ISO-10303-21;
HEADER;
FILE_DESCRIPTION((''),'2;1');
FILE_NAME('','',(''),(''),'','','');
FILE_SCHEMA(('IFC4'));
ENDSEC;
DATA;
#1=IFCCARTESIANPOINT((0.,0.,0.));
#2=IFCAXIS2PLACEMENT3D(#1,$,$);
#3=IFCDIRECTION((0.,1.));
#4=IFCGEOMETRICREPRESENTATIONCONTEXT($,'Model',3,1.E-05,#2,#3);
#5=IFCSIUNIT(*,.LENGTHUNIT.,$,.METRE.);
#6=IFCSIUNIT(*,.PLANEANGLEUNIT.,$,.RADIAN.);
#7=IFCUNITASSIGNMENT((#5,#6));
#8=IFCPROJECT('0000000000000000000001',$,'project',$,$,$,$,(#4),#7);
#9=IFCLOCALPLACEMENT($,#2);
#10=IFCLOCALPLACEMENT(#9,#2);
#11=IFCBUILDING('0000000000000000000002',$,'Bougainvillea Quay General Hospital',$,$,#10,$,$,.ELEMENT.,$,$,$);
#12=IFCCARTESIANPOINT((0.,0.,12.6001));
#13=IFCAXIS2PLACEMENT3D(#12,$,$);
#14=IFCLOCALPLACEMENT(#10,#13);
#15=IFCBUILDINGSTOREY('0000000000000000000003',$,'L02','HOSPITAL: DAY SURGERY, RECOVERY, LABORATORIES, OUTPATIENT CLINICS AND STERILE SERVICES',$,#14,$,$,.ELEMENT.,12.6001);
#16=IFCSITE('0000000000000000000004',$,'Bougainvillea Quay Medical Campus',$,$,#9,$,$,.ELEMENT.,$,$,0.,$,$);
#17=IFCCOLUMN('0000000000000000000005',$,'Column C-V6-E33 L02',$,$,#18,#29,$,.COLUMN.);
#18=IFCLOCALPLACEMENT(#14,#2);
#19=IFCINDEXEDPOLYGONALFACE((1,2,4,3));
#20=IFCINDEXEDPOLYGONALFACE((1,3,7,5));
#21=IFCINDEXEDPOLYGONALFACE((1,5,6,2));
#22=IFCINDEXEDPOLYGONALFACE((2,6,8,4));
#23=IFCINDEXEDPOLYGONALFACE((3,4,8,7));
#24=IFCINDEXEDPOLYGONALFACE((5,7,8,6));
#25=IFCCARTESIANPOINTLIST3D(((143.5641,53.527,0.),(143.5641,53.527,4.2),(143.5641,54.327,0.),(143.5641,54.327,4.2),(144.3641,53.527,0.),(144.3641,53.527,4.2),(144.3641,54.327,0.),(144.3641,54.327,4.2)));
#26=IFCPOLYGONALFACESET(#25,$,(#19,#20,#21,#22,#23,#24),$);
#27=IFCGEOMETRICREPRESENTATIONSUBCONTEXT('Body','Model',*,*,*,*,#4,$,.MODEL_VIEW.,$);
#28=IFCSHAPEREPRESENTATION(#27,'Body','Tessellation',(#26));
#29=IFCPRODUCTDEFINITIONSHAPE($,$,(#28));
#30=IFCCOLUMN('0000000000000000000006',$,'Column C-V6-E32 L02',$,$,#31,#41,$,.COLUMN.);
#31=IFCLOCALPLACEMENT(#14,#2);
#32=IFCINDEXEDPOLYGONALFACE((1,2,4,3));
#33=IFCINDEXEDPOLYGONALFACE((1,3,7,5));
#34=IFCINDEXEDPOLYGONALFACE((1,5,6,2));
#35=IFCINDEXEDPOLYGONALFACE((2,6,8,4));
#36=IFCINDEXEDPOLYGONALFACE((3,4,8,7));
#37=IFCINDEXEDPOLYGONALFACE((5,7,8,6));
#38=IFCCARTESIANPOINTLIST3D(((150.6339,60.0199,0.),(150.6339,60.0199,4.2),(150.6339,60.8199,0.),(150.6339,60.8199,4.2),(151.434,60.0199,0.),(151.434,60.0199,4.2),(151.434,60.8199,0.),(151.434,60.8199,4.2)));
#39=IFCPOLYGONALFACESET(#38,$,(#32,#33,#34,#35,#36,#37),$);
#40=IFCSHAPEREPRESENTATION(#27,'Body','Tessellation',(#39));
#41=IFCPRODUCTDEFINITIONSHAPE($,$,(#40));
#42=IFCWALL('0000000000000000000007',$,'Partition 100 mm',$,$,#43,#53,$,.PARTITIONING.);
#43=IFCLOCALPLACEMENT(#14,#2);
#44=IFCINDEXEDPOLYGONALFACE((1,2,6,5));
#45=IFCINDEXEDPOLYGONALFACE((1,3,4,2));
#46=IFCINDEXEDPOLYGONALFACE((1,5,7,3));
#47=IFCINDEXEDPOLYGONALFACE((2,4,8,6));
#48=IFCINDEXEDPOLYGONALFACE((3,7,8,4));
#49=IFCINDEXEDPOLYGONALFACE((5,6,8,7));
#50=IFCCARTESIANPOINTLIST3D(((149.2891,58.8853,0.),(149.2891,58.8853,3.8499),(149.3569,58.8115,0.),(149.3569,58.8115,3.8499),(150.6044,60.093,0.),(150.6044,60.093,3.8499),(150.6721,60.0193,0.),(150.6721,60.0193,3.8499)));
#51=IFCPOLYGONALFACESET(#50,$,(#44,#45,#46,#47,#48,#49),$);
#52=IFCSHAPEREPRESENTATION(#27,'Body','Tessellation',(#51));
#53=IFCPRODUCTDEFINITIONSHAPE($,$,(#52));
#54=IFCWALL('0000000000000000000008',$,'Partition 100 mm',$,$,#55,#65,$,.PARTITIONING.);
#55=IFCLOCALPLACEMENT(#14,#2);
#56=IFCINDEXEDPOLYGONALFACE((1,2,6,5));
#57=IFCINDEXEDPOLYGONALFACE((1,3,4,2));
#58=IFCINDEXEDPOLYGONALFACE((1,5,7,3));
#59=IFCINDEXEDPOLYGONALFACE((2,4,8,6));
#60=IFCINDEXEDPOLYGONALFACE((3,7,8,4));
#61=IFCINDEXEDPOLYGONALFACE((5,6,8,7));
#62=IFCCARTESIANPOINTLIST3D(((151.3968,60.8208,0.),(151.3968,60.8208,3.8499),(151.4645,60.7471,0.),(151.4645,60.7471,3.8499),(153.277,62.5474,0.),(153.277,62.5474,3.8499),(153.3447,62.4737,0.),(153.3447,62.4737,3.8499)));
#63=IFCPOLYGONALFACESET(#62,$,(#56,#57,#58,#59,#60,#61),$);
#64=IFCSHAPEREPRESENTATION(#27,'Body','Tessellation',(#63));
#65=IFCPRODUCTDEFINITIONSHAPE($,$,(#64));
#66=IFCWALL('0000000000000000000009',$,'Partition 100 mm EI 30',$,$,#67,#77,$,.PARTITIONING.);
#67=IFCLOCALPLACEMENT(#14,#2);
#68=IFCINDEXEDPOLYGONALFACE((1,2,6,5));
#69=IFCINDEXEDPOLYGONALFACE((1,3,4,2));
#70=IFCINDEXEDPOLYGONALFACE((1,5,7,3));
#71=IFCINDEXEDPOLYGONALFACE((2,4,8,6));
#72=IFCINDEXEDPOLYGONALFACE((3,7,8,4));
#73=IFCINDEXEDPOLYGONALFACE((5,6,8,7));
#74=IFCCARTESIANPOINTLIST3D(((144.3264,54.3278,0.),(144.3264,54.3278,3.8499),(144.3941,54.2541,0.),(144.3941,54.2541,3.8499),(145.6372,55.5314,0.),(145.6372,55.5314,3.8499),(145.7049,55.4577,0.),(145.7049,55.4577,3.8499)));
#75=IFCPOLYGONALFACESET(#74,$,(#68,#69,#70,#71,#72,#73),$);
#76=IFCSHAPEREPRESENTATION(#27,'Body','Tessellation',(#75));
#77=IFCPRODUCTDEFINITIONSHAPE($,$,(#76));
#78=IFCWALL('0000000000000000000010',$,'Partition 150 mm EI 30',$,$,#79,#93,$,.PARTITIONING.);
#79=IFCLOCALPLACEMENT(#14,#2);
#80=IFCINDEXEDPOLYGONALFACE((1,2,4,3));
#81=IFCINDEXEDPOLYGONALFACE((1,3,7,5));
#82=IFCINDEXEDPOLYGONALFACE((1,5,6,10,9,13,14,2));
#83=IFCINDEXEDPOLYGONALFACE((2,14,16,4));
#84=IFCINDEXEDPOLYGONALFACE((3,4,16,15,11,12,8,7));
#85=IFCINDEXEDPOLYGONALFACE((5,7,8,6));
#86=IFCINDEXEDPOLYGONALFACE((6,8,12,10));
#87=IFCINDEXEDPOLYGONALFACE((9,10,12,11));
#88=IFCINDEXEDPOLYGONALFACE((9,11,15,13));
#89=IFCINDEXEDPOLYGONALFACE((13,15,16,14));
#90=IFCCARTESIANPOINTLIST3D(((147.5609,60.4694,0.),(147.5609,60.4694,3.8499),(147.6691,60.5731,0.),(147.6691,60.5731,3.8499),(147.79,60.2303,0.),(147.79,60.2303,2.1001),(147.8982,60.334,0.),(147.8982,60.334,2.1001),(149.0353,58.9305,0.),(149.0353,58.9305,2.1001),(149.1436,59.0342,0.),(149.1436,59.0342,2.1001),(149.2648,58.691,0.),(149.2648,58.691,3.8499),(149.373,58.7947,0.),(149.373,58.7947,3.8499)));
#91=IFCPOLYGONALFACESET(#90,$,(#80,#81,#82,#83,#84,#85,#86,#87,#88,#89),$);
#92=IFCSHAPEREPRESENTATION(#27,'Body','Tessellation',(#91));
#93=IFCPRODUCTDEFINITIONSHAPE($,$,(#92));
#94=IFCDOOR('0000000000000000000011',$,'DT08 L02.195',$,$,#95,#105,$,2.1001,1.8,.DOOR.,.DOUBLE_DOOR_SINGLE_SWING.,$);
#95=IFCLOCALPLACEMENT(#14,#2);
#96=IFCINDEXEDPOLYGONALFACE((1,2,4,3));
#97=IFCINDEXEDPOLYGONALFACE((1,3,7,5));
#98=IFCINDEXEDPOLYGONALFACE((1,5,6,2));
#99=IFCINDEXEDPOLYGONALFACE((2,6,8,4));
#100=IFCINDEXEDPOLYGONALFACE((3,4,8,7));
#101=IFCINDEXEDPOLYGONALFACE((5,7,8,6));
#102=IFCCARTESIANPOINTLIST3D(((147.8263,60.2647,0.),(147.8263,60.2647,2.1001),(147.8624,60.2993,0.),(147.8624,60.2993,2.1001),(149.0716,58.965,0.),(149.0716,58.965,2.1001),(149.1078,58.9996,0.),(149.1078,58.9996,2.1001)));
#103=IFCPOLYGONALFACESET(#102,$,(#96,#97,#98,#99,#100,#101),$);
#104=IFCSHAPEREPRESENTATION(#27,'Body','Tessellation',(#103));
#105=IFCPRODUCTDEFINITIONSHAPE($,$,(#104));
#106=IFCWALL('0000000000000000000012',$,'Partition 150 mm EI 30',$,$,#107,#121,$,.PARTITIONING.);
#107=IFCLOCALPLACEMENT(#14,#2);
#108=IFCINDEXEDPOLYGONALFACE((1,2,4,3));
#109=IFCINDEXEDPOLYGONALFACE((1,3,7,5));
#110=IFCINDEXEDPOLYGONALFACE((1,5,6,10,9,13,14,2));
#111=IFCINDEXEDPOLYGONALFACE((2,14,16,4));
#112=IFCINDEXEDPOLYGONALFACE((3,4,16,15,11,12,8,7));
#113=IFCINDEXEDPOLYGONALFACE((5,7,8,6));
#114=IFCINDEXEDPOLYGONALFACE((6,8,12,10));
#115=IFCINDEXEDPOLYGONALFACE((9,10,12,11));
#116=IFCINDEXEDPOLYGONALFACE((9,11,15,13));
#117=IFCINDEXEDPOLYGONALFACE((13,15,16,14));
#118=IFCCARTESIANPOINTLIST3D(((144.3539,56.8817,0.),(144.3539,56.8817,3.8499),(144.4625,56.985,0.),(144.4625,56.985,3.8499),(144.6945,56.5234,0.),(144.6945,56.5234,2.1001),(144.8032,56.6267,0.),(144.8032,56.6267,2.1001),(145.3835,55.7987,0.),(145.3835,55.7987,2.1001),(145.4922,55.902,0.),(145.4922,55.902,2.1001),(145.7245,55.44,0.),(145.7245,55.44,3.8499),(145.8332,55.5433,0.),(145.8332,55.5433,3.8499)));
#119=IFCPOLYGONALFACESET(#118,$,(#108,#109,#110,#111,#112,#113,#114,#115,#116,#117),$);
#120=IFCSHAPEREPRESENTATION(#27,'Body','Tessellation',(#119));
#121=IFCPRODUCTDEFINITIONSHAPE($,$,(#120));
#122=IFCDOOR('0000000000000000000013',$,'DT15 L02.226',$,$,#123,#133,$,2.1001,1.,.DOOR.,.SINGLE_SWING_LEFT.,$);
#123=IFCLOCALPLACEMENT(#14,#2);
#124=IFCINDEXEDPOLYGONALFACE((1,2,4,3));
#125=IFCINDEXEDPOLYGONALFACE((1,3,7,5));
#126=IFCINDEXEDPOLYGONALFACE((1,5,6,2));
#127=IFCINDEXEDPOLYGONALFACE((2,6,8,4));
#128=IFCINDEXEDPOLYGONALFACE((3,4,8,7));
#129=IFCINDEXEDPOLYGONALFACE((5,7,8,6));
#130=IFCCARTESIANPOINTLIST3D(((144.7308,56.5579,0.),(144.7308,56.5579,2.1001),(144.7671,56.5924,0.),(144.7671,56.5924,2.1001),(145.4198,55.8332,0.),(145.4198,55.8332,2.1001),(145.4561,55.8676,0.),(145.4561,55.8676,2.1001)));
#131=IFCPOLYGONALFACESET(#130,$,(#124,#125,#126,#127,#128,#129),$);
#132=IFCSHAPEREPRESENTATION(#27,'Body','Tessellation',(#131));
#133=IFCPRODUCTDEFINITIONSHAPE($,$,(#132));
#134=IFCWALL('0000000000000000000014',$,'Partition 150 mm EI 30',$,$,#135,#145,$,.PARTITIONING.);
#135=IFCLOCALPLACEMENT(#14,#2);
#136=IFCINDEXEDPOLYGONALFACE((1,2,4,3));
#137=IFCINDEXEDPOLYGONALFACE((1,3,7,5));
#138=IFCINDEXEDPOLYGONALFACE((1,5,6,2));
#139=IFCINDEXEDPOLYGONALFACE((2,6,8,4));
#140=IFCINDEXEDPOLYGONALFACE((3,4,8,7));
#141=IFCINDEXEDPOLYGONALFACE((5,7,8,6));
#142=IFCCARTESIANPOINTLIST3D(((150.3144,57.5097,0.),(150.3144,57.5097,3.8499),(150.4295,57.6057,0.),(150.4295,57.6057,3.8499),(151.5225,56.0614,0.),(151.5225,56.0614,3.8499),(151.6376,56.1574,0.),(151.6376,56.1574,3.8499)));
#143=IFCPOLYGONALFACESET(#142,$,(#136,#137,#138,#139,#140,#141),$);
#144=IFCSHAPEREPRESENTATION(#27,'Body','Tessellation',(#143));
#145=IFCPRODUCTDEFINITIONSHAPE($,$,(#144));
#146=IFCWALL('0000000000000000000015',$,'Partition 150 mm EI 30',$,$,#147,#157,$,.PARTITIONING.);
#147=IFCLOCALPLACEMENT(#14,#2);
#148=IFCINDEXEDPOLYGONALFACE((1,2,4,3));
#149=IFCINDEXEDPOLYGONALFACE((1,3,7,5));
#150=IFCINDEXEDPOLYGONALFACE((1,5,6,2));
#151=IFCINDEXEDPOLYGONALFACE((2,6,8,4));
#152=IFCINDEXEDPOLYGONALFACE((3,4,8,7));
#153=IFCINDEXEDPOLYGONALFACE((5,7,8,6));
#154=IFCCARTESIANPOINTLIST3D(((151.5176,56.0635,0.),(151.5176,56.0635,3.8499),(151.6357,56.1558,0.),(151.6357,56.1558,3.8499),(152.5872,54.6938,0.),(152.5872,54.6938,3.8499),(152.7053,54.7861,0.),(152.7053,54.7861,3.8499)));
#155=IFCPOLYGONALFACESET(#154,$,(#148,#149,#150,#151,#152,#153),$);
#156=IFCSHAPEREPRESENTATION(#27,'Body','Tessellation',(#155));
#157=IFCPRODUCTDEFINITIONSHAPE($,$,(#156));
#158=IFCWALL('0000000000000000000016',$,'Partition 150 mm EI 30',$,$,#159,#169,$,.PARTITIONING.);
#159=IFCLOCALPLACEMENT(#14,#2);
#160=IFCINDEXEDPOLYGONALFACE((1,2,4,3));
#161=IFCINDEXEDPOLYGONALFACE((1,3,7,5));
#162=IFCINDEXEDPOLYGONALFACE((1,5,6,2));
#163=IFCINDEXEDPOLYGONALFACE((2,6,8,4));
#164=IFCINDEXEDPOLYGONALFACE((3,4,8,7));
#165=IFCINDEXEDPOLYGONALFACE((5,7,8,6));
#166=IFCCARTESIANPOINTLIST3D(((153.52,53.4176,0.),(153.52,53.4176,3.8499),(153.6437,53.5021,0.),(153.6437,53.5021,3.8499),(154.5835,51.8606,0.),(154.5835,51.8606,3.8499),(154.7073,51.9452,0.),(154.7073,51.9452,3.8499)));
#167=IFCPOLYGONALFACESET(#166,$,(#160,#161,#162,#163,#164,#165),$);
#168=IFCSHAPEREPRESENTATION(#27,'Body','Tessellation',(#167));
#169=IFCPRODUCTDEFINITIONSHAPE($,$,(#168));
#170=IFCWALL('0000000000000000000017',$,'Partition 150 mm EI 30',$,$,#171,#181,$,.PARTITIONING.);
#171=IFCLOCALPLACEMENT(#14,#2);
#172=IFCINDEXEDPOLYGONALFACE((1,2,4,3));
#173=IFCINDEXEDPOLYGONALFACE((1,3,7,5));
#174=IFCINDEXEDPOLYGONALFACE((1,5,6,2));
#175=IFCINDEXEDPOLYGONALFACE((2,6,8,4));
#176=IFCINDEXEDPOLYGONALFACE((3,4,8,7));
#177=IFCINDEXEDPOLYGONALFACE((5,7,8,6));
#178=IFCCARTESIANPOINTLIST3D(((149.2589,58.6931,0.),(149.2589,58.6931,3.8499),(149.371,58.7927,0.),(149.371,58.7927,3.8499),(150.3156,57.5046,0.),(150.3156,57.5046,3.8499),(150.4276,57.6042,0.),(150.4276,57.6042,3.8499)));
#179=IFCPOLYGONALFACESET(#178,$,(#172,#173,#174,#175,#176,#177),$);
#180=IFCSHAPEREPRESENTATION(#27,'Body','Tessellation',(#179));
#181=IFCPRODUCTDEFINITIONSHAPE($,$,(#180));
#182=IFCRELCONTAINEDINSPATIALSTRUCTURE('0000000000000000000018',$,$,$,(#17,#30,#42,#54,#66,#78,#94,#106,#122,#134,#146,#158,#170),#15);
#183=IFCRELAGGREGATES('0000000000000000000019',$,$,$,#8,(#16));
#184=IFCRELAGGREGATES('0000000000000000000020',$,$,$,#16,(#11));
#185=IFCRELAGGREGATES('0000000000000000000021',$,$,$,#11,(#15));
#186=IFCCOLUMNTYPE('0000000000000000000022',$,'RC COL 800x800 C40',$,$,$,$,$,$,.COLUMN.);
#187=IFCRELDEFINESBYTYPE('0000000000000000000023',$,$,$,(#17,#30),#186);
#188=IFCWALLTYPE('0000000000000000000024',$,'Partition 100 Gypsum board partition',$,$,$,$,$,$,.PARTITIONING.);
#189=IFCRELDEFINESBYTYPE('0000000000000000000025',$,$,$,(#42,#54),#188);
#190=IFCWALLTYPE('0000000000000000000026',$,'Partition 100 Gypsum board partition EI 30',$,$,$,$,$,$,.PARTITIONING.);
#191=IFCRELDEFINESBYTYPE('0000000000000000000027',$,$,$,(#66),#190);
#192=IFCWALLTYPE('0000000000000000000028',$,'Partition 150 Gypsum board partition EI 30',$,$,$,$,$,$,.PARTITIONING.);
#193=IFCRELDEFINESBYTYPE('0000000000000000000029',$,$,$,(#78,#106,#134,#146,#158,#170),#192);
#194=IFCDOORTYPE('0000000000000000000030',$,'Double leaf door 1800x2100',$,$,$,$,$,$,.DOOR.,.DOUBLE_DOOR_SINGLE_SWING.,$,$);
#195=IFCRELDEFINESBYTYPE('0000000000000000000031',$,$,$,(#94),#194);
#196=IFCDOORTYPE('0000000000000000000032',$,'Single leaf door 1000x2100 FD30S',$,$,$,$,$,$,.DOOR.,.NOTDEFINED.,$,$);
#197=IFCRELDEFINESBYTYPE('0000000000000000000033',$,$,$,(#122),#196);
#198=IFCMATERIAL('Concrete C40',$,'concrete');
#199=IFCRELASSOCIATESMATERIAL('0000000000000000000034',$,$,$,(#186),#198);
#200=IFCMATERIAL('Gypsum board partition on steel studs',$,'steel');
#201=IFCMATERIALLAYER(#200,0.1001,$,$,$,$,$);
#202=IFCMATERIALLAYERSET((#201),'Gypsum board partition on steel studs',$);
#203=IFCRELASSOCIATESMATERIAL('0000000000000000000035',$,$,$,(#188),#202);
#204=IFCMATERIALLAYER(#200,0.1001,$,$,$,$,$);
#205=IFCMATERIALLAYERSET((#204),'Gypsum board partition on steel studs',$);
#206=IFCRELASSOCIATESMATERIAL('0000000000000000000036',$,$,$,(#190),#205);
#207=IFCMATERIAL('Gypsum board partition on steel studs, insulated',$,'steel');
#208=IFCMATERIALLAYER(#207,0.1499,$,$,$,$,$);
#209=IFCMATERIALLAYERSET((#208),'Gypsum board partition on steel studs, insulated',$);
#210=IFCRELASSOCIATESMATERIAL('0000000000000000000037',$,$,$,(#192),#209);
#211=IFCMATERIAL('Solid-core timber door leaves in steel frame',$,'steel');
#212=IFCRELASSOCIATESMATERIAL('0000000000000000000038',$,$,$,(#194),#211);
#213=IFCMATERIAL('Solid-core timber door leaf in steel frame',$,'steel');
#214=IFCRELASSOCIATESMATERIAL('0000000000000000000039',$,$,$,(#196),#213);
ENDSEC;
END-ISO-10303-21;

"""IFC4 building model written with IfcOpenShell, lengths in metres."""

from ifc_helpers import new_model, si_unit, direction, frame, frame_2d, origin, origin_2d, place, context, subcontext, project, spatial, rectangle, extrude, material, layer, layer_set, material_profile, profile_set, type_object, element, fill, save


model = new_model("IFC4")

# Units and contexts
model_context = context("Model", 3, precision=1e-05, world=origin(), true_north=direction((0.0, 1.0)))
body_context = subcontext(model_context, "Body", "Model", "MODEL_VIEW")
ifc_project = project(units=[si_unit("LENGTHUNIT", "METRE"), si_unit("PLANEANGLEUNIT", "RADIAN")], contexts=[model_context])

# Site, building, storey
site_placement = place(None, origin())
site = spatial("IfcSite", under=ifc_project, at=site_placement, Name="Bougainvillea Quay Medical Campus", CompositionType="ELEMENT", RefElevation=0.0)
building_placement = place(site_placement, origin())
building = spatial("IfcBuilding", under=site, at=building_placement, Name="Bougainvillea Quay General Hospital", CompositionType="ELEMENT")
storey_placement = place(building_placement, frame((0.0, 0.0, 12.6001)))
storey = spatial("IfcBuildingStorey", under=building, at=storey_placement, Name="L02", Description="HOSPITAL: DAY SURGERY, RECOVERY, LABORATORIES, OUTPATIENT CLINICS AND STERILE SERVICES", CompositionType="ELEMENT", Elevation=12.6001)

# Columns
ifc_material_1 = material(Name="Concrete C40", Category="concrete")
ifc_material_profile = material_profile(ifc_material_1, rectangle(XDim=0.8, YDim=0.8, at=origin_2d()))
ifc_profile_set = profile_set([ifc_material_profile], Name="Concrete C40")
column_type = type_object("IfcColumnType", Name="RC COL 800x800 C40", PredefinedType="COLUMN", material=ifc_profile_set)
for number, where, z_axis, x_axis, name in (
    (1, (143.9641, 53.927, 0.0), (0.0, 0.0, 1.0), (1.0, 0.0, 0.0), "Column C-V6-E33 L02"),
    (2, (151.0339, 60.4199, 0.0), (0.0, 0.0, 1.0), (1.0, 0.0, 0.0), "Column C-V6-E32 L02"),
):
    element("IfcColumn", number, at=place(storey_placement, frame(where, z_axis=z_axis, x_axis=x_axis)), inside=storey, type_object=column_type, Name=name, PredefinedType="COLUMN", context=body_context, shape_type="SweptSolid", body=[
        extrude(rectangle(XDim=0.8, YDim=0.8, at=origin_2d()), origin(), (0.0, 0.0, 1.0), 4.2),
    ])

# Walls
ifc_material_2 = material(Name="Gypsum board partition on steel studs", Category="steel")
ifc_layer_1 = layer(ifc_material_2, 0.1001)
ifc_layer_set_1 = layer_set([ifc_layer_1], Name="Gypsum board partition on steel studs")
wall_type_1 = type_object("IfcWallType", Name="Partition 100 Gypsum board partition", PredefinedType="PARTITIONING", material=ifc_layer_set_1)
wall_1_placement = place(storey_placement, frame((149.323, 58.8484, 0.0), z_axis=(0.0, 0.0, 1.0), x_axis=(0.736547, 0.676387, 0.0)))
element("IfcWall", 3, at=wall_1_placement, inside=storey, type_object=wall_type_1, Name="Partition 100 mm", PredefinedType="PARTITIONING", context=body_context, shape_type="SweptSolid", body=[
    extrude(rectangle(XDim=1.7856, YDim=0.1001, at=frame_2d((0.8928, 0.0))), origin(), (0.0, 0.0, 1.0), 3.8499),
])
wall_2_placement = place(storey_placement, frame((151.4307, 60.7839, 0.0), z_axis=(0.0, 0.0, 1.0), x_axis=(0.736546, 0.676387, 0.0)))
element("IfcWall", 4, at=wall_2_placement, inside=storey, type_object=wall_type_1, Name="Partition 100 mm", PredefinedType="PARTITIONING", context=body_context, shape_type="SweptSolid", body=[
    extrude(rectangle(XDim=2.5527, YDim=0.1001, at=frame_2d((1.2764, 0.0))), origin(), (0.0, 0.0, 1.0), 3.8499),
])
ifc_layer_2 = layer(ifc_material_2, 0.1001)
ifc_layer_set_2 = layer_set([ifc_layer_2], Name="Gypsum board partition on steel studs")
wall_type_2 = type_object("IfcWallType", Name="Partition 100 Gypsum board partition EI 30", PredefinedType="PARTITIONING", material=ifc_layer_set_2)
wall_3_placement = place(storey_placement, frame((144.3604, 54.291, 0.0), z_axis=(0.0, 0.0, 1.0), x_axis=(0.736579, 0.676352, 0.0)))
element("IfcWall", 5, at=wall_3_placement, inside=storey, type_object=wall_type_2, Name="Partition 100 mm EI 30", PredefinedType="PARTITIONING", context=body_context, shape_type="SweptSolid", body=[
    extrude(rectangle(XDim=1.7795, YDim=0.1001, at=frame_2d((0.8896, 0.0))), origin(), (0.0, 0.0, 1.0), 3.8499),
])

# Walls, openings, doors
ifc_material_3 = material(Name="Gypsum board partition on steel studs, insulated", Category="steel")
ifc_layer_3 = layer(ifc_material_3, 0.1499)
ifc_layer_set_3 = layer_set([ifc_layer_3], Name="Gypsum board partition on steel studs, insulated")
wall_type_3 = type_object("IfcWallType", Name="Partition 150 Gypsum board partition EI 30", PredefinedType="PARTITIONING", material=ifc_layer_set_3)
wall_4_placement = place(storey_placement, frame((147.615, 60.5212, 0.0), z_axis=(0.0, 0.0, 1.0), x_axis=(0.691828, -0.722062, 0.0)))
wall_4 = element("IfcWall", 6, at=wall_4_placement, inside=storey, type_object=wall_type_3, Name="Partition 150 mm EI 30", PredefinedType="PARTITIONING", context=body_context, shape_type="SweptSolid", body=[
    extrude(rectangle(XDim=2.4629, YDim=0.1499, at=frame_2d((1.2314, 0.0))), origin(), (0.0, 0.0, 1.0), 3.8499),
])
opening_1_placement = place(wall_4_placement, frame((0.3313, 0.0, 0.0)))
opening_1 = element("IfcOpeningElement", 7, at=opening_1_placement, cuts=wall_4, PredefinedType="OPENING", context=body_context, shape_type="SweptSolid", body=[
    extrude(rectangle(XDim=1.8, YDim=2.1001, at=frame_2d((0.8999, 1.05))), frame((0.0, 0.085, 0.0), z_axis=(0.0, -1.0, 0.0), x_axis=(1.0, 0.0, 0.0)), (0.0, 0.0, 1.0), 0.1699),
])
ifc_material_4 = material(Name="Solid-core timber door leaves in steel frame", Category="steel")
door_type_1 = type_object("IfcDoorType", Name="Double leaf door 1800x2100", OperationType="DOUBLE_DOOR_SINGLE_SWING", PredefinedType="DOOR", material=ifc_material_4)
door_1_placement = place(opening_1_placement, frame((1.8, 0.0, 0.0), z_axis=(0.0, 0.0, 1.0), x_axis=(-1.0, 0.0, 0.0)))
door_1 = element("IfcDoor", 8, at=door_1_placement, inside=storey, type_object=door_type_1, Name="DT08 L02.195", OperationType="DOUBLE_DOOR_SINGLE_SWING", OverallHeight=2.1001, OverallWidth=1.8, PredefinedType="DOOR", context=body_context, shape_type="SweptSolid", body=[
    extrude(rectangle(XDim=1.8, YDim=2.1001, at=frame_2d((0.8999, 1.05))), frame((0.0, 0.0249, 0.0), z_axis=(0.0, -1.0, 0.0), x_axis=(1.0, 0.0, 0.0)), (0.0, 0.0, 1.0), 0.05),
])
fill(opening_1, door_1)
wall_5_placement = place(storey_placement, frame((144.4082, 56.9333, 0.0), z_axis=(0.0, 0.0, 1.0), x_axis=(0.689024, -0.724739, 0.0)))
wall_5 = element("IfcWall", 9, at=wall_5_placement, inside=storey, type_object=wall_type_3, Name="Partition 150 mm EI 30", PredefinedType="PARTITIONING", context=body_context, shape_type="SweptSolid", body=[
    extrude(rectangle(XDim=1.9893, YDim=0.1499, at=frame_2d((0.9946, 0.0))), origin(), (0.0, 0.0, 1.0), 3.8499),
])
opening_2_placement = place(wall_5_placement, frame((0.4944, 0.0, 0.0)))
opening_2 = element("IfcOpeningElement", 10, at=opening_2_placement, cuts=wall_5, PredefinedType="OPENING", context=body_context, shape_type="SweptSolid", body=[
    extrude(rectangle(XDim=1.0, YDim=2.1001, at=frame_2d((0.5, 1.05))), frame((0.0, 0.085, 0.0), z_axis=(0.0, -1.0, 0.0), x_axis=(1.0, 0.0, 0.0)), (0.0, 0.0, 1.0), 0.1699),
])
ifc_material_5 = material(Name="Solid-core timber door leaf in steel frame", Category="steel")
door_type_2 = type_object("IfcDoorType", Name="Single leaf door 1000x2100 FD30S", OperationType="NOTDEFINED", PredefinedType="DOOR", material=ifc_material_5)
door_2_placement = place(opening_2_placement, frame((1.0, 0.0, 0.0), z_axis=(0.0, 0.0, 1.0), x_axis=(-1.0, 0.0, 0.0)))
door_2 = element("IfcDoor", 11, at=door_2_placement, inside=storey, type_object=door_type_2, Name="DT15 L02.226", OperationType="SINGLE_SWING_LEFT", OverallHeight=2.1001, OverallWidth=1.0, PredefinedType="DOOR", context=body_context, shape_type="SweptSolid", body=[
    extrude(rectangle(XDim=1.0, YDim=2.1001, at=frame_2d((0.5, 1.05))), frame((0.0, 0.0249, 0.0), z_axis=(0.0, -1.0, 0.0), x_axis=(1.0, 0.0, 0.0)), (0.0, 0.0, 1.0), 0.05),
])
fill(opening_2, door_2)

# Walls
wall_6_placement = place(storey_placement, frame((150.3721, 57.5576, 0.0), z_axis=(0.0, 0.0, 1.0), x_axis=(0.640541, -0.767924, 0.0)))
element("IfcWall", 12, at=wall_6_placement, inside=storey, type_object=wall_type_3, Name="Partition 150 mm EI 30", PredefinedType="PARTITIONING", context=body_context, shape_type="SweptSolid", body=[
    extrude(rectangle(XDim=1.886, YDim=0.1499, at=frame_2d((0.9429, 0.0))), origin(), (0.0, 0.0, 1.0), 3.8499),
])
wall_7_placement = place(storey_placement, frame((151.5767, 56.1096, 0.0), z_axis=(0.0, 0.0, 1.0), x_axis=(0.615486, -0.788148, 0.0)))
element("IfcWall", 13, at=wall_7_placement, inside=storey, type_object=wall_type_3, Name="Partition 150 mm EI 30", PredefinedType="PARTITIONING", context=body_context, shape_type="SweptSolid", body=[
    extrude(rectangle(XDim=1.7378, YDim=0.1499, at=frame_2d((0.8689, 0.0))), origin(), (0.0, 0.0, 1.0), 3.8499),
])
wall_8_placement = place(storey_placement, frame((153.5818, 53.46, 0.0), z_axis=(0.0, 0.0, 1.0), x_axis=(0.564048, -0.825742, 0.0)))
element("IfcWall", 14, at=wall_8_placement, inside=storey, type_object=wall_type_3, Name="Partition 150 mm EI 30", PredefinedType="PARTITIONING", context=body_context, shape_type="SweptSolid", body=[
    extrude(rectangle(XDim=1.8855, YDim=0.1499, at=frame_2d((0.9429, 0.0))), origin(), (0.0, 0.0, 1.0), 3.8499),
])
wall_9_placement = place(storey_placement, frame((149.3149, 58.7429, 0.0), z_axis=(0.0, 0.0, 1.0), x_axis=(0.66444, -0.747342, 0.0)))
element("IfcWall", 15, at=wall_9_placement, inside=storey, type_object=wall_type_3, Name="Partition 150 mm EI 30", PredefinedType="PARTITIONING", context=body_context, shape_type="SweptSolid", body=[
    extrude(rectangle(XDim=1.5903, YDim=0.1499, at=frame_2d((0.7952, 0.0))), origin(), (0.0, 0.0, 1.0), 3.8499),
])

save(model, "model.ifc")
